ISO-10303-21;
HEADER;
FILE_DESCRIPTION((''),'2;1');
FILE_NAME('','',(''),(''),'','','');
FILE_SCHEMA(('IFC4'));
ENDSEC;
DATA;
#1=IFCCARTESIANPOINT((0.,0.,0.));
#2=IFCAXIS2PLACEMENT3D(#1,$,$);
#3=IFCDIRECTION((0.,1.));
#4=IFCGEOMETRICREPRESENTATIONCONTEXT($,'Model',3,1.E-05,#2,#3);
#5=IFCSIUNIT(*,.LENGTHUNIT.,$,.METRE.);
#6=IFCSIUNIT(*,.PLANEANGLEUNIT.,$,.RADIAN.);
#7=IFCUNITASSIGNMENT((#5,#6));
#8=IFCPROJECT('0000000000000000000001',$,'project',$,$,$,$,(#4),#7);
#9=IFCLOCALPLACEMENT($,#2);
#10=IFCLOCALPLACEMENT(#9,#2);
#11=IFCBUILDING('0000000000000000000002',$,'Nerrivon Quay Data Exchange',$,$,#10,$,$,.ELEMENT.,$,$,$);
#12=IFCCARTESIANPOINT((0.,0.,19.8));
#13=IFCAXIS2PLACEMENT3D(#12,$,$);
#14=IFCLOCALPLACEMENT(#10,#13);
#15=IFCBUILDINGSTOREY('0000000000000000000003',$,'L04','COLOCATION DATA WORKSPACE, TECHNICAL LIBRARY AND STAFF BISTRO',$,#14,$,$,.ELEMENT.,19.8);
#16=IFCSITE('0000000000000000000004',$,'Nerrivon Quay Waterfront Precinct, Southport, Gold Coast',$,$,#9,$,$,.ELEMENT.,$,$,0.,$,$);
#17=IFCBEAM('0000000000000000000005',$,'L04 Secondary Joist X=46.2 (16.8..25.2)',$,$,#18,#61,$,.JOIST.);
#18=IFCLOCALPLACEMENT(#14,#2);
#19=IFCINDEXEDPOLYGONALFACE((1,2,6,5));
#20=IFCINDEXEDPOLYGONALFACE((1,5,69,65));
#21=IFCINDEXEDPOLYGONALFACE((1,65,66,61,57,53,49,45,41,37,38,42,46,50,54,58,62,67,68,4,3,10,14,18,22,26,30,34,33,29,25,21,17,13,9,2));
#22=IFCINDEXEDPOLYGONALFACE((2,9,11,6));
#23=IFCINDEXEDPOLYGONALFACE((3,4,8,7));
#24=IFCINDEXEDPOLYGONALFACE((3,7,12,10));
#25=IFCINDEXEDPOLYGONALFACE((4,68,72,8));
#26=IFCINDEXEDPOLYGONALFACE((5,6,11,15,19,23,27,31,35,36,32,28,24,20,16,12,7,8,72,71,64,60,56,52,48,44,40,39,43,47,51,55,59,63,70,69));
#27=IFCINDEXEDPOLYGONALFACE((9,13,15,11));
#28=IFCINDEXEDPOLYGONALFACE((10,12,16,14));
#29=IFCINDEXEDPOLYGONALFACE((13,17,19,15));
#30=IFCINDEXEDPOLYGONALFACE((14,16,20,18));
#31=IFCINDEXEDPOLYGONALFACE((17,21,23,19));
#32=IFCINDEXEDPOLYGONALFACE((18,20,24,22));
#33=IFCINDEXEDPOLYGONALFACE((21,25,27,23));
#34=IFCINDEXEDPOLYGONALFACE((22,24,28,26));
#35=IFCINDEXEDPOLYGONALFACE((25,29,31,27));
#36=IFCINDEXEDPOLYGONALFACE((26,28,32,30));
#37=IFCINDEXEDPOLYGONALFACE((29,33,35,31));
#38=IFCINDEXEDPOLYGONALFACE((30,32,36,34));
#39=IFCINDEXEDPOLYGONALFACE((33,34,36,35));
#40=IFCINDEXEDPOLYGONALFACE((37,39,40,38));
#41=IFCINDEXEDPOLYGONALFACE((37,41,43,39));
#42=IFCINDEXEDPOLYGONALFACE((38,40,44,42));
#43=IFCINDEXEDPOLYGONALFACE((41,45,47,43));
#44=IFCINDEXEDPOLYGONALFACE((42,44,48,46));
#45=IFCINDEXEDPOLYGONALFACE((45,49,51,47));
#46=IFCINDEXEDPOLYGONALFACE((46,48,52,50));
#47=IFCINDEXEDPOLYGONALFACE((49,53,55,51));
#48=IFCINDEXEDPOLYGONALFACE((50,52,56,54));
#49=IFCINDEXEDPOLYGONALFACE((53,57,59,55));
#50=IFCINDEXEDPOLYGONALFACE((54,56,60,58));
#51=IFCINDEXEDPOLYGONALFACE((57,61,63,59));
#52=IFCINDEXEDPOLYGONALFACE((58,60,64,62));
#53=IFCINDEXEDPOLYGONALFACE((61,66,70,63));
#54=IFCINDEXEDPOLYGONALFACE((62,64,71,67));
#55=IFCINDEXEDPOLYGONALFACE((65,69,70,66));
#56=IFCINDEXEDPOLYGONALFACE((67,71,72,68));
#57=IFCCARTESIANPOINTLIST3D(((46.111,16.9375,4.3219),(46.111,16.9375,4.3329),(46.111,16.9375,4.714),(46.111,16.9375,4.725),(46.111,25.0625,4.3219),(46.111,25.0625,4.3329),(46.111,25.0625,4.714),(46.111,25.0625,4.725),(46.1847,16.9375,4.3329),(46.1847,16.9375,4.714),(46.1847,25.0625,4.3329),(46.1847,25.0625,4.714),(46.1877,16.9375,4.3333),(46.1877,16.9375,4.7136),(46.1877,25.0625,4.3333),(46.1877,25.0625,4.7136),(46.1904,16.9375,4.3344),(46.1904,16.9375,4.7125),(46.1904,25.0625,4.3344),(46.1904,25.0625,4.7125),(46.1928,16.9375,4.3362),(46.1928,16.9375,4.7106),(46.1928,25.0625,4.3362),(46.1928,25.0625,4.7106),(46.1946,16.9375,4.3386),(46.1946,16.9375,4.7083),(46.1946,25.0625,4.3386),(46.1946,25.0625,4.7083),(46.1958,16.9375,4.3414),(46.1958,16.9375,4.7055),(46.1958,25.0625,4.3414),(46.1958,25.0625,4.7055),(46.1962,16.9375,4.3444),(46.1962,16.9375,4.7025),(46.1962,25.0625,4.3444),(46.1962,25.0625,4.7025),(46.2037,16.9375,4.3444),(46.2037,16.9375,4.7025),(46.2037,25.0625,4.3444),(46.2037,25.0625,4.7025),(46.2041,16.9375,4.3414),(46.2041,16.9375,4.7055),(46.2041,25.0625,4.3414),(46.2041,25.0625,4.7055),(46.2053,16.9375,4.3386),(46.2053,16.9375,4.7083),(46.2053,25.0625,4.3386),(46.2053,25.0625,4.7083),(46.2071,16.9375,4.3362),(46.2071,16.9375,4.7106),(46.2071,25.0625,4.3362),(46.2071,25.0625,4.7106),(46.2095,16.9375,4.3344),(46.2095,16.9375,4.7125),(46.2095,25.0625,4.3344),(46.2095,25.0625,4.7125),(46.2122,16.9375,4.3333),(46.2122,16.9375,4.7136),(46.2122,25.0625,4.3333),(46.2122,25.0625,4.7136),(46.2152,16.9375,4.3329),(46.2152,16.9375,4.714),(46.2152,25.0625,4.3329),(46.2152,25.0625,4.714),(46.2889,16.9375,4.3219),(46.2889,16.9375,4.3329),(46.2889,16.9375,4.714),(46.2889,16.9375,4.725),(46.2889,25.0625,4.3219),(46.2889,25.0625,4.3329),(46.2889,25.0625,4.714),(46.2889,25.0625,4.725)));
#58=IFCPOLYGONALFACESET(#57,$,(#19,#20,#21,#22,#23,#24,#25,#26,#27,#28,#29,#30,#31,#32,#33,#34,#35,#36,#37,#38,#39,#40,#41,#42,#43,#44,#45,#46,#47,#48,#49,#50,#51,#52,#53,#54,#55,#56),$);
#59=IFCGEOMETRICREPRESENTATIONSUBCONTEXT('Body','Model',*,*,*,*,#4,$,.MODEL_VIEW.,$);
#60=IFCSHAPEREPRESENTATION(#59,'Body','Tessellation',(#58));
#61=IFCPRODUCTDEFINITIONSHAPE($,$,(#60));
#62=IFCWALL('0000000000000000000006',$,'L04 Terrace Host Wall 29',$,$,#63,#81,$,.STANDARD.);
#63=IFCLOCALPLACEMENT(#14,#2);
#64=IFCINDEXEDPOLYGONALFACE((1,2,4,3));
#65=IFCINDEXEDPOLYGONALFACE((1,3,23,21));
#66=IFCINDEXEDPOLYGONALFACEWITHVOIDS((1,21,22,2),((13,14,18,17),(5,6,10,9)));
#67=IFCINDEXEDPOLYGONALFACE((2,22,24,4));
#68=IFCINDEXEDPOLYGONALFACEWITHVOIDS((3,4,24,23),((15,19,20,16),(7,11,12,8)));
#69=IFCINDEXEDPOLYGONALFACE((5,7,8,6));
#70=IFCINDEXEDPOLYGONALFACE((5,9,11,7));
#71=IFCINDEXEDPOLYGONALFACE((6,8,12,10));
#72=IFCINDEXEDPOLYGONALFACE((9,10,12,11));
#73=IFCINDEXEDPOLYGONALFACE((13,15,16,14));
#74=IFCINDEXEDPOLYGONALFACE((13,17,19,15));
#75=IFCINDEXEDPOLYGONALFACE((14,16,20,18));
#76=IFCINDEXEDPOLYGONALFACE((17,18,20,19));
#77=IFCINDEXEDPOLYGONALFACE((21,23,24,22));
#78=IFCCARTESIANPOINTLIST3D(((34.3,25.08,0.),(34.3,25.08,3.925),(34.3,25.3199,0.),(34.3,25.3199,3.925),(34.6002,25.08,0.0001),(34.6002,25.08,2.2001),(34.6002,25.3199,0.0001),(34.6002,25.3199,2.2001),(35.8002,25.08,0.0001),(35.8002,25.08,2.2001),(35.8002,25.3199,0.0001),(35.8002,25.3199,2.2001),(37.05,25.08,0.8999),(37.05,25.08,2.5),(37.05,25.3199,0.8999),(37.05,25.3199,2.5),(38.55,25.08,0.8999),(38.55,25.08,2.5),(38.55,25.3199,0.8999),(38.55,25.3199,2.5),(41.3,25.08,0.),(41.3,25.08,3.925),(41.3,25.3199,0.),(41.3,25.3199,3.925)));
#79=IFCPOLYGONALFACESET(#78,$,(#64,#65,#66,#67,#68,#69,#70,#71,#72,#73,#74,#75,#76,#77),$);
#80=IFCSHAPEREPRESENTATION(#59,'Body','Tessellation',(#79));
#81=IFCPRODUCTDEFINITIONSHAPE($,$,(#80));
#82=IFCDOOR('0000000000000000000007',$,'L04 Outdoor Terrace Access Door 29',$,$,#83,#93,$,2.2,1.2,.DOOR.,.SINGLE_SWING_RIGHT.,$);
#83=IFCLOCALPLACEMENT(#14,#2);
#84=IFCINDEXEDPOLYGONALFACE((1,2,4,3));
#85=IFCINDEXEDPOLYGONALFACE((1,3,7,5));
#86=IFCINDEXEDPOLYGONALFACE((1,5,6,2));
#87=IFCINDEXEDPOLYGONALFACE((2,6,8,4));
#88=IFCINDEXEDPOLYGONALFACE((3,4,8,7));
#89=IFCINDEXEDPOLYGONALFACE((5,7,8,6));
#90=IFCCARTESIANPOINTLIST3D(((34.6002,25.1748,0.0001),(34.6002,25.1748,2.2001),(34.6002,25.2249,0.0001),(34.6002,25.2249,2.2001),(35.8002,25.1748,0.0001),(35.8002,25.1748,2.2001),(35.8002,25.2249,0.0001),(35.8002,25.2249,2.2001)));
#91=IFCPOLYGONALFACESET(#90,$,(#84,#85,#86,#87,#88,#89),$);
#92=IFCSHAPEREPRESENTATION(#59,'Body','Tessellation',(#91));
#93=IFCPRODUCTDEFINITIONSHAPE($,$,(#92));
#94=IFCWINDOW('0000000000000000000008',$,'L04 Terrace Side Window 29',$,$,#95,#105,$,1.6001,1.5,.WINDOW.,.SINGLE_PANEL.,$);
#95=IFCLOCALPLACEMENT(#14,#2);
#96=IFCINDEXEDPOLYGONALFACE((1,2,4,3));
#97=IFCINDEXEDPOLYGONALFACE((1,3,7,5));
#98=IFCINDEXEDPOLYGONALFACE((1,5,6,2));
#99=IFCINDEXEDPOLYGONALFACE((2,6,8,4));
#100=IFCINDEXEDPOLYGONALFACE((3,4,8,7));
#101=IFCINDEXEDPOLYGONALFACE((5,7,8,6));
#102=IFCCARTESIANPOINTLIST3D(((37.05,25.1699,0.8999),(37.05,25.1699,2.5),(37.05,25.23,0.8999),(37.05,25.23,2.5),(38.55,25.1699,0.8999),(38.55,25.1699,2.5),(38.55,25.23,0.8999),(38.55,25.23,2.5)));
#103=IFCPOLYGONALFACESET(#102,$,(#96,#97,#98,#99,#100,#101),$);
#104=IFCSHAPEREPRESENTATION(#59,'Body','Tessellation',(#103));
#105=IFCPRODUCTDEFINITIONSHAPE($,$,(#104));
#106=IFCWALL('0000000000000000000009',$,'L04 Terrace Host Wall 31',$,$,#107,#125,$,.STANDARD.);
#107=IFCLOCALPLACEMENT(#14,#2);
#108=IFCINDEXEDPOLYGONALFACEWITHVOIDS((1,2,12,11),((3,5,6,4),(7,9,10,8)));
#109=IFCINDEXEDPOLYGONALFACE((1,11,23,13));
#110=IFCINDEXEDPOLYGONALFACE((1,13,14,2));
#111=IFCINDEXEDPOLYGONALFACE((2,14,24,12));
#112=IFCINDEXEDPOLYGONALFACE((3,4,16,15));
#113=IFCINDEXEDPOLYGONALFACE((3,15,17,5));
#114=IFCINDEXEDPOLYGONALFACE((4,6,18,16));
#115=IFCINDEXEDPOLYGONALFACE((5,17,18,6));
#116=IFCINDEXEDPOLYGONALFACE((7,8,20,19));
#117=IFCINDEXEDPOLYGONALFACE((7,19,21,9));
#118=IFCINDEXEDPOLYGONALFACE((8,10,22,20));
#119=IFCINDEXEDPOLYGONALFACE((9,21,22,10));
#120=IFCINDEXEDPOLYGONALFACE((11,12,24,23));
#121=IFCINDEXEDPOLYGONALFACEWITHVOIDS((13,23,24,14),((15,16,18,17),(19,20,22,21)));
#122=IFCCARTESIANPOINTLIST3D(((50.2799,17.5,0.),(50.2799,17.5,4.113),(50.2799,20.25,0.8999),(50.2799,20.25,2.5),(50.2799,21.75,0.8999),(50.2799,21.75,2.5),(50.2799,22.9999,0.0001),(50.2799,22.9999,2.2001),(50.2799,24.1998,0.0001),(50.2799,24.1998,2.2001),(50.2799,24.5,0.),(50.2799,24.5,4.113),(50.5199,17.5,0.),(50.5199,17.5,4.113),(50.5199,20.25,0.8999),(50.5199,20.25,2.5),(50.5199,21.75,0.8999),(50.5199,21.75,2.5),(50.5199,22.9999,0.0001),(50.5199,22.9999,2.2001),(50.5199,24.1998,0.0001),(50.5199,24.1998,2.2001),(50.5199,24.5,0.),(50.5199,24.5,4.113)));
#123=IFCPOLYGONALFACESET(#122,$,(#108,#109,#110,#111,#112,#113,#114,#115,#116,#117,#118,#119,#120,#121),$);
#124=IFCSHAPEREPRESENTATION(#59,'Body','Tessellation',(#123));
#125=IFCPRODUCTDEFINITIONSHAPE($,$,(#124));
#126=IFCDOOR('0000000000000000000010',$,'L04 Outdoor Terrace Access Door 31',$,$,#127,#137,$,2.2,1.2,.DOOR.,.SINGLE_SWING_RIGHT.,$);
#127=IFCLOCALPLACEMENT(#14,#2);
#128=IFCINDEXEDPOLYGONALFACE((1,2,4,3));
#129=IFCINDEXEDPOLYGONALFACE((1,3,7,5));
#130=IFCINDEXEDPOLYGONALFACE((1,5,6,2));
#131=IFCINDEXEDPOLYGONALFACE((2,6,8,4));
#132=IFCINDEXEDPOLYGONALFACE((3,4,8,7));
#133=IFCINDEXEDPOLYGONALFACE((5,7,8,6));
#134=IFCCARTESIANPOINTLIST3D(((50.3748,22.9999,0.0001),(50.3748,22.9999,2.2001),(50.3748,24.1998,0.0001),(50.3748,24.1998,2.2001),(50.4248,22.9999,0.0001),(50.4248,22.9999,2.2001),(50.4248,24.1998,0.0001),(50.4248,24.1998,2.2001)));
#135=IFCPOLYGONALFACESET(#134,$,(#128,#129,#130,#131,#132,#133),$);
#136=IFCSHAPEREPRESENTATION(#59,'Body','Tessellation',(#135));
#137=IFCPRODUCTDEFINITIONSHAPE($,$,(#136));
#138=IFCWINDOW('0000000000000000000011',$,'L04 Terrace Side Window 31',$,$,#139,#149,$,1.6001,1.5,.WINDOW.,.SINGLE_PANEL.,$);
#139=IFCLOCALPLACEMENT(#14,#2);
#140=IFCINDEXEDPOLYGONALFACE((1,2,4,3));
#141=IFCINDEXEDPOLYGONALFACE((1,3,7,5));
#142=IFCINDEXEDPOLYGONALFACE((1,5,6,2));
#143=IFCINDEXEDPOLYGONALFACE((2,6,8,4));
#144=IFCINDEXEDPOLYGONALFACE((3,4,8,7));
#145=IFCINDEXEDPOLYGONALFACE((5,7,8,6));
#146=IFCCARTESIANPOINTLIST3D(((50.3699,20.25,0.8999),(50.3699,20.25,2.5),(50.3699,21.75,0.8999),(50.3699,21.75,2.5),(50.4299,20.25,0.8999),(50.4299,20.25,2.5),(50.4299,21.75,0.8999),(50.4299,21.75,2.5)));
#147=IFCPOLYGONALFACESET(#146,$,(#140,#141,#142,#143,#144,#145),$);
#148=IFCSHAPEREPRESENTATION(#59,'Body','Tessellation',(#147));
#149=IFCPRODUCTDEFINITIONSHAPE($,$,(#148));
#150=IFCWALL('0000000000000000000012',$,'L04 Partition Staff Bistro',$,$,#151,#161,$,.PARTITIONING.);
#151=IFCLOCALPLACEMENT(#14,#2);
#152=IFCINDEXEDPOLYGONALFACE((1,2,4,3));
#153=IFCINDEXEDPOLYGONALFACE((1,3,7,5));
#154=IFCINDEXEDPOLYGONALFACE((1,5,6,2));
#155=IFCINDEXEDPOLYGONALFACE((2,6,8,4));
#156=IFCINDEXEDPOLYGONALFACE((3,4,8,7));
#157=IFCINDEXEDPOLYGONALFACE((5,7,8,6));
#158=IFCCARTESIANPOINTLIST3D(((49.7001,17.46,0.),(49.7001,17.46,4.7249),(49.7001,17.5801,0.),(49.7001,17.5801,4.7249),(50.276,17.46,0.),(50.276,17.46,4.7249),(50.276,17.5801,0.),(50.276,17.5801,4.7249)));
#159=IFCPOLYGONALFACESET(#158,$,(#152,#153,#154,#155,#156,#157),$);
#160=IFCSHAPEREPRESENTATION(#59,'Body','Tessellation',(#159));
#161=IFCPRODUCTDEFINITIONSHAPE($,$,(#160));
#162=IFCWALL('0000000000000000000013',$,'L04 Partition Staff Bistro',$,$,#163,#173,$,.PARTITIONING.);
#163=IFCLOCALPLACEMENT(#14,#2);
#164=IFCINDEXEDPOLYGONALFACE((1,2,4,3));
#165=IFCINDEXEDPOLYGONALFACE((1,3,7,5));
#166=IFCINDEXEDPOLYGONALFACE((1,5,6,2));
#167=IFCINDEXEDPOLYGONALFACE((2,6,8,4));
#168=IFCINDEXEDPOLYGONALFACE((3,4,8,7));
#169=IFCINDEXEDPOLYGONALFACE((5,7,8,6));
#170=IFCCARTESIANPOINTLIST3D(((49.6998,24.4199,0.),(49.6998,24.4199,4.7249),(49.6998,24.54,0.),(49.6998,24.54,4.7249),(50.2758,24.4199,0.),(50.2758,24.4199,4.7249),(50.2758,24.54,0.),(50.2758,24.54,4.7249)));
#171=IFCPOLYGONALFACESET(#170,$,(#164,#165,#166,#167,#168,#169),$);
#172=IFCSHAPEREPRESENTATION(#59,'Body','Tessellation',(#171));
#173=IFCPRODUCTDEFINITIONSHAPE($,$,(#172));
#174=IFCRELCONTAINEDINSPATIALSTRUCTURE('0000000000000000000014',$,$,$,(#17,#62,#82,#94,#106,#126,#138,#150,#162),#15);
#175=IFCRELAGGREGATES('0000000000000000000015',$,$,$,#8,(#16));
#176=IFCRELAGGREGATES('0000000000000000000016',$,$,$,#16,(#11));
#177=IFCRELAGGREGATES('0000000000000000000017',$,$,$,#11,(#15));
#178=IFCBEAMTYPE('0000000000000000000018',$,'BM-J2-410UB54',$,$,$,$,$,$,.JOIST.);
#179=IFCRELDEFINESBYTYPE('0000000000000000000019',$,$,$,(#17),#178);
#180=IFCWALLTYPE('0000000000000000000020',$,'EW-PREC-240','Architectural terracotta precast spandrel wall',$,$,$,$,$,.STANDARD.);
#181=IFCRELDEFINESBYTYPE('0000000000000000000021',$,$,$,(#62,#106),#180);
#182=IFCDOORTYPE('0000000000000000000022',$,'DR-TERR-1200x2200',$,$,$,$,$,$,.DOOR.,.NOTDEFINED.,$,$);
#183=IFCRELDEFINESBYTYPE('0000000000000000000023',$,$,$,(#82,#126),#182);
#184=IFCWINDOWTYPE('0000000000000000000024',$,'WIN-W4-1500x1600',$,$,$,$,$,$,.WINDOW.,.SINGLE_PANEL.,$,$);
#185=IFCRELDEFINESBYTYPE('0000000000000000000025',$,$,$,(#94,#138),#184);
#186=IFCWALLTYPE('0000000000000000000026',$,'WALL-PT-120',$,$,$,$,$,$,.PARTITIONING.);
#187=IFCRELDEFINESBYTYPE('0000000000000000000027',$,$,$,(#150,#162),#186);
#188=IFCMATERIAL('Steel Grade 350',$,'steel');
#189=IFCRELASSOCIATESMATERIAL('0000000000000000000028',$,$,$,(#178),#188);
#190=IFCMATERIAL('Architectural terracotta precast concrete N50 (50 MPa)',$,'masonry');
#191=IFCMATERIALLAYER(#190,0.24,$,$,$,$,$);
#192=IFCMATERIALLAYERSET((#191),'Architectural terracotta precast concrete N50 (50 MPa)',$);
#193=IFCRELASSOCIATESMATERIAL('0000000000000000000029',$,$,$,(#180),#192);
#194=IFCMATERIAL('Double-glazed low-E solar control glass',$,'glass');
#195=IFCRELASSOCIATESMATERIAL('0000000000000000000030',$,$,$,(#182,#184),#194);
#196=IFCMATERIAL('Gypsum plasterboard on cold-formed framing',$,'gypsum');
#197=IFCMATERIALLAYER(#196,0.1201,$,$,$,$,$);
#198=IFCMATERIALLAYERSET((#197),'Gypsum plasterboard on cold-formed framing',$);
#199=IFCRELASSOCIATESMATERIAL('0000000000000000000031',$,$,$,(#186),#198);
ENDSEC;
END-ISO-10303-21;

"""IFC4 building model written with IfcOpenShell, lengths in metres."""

from ifc_helpers import new_model, si_unit, direction, frame, frame_2d, origin, origin_2d, place, context, subcontext, project, spatial, rectangle, i_section, extrude, material, layer, layer_set, material_profile, profile_set, type_object, element, fill, save


model = new_model("IFC4")

# Units and contexts
model_context = context("Model", 3, precision=1e-05, world=origin(), true_north=direction((0.0, 1.0)))
body_context = subcontext(model_context, "Body", "Model", "MODEL_VIEW")
ifc_project = project(units=[si_unit("LENGTHUNIT", "METRE"), si_unit("PLANEANGLEUNIT", "RADIAN")], contexts=[model_context])

# Site, building, storey
site_placement = place(None, origin())
site = spatial("IfcSite", under=ifc_project, at=site_placement, Name="Nerrivon Quay Waterfront Precinct, Southport, Gold Coast", CompositionType="ELEMENT", RefElevation=0.0)
building_placement = place(site_placement, origin())
building = spatial("IfcBuilding", under=site, at=building_placement, Name="Nerrivon Quay Data Exchange", CompositionType="ELEMENT")
storey_placement = place(building_placement, frame((0.0, 0.0, 19.8)))
storey = spatial("IfcBuildingStorey", under=building, at=storey_placement, Name="L04", Description="COLOCATION DATA WORKSPACE, TECHNICAL LIBRARY AND STAFF BISTRO", CompositionType="ELEMENT", Elevation=19.8)

# Beam
ifc_material_1 = material(Name="Steel Grade 350", Category="steel")
ifc_material_profile_1 = material_profile(ifc_material_1, i_section(OverallWidth=0.178, OverallDepth=0.4031, WebThickness=0.0076, FlangeThickness=0.011, FilletRadius=0.0115, at=origin_2d()), Name="410UB53.7")
ifc_profile_set_1 = profile_set([ifc_material_profile_1], Name="Steel Grade 350")
beam_type_1 = type_object("IfcBeamType", Name="BM-J2-410UB54", PredefinedType="JOIST", material=ifc_profile_set_1)
beam_1_placement = place(storey_placement, frame((46.2, 16.9375, 4.5234), z_axis=(0.0, 1.0, 0.0), x_axis=(-1.0, 0.0, 0.0)))
element("IfcBeam", 1, at=beam_1_placement, inside=storey, type_object=beam_type_1, Name="L04 Secondary Joist X=46.2 (16.8..25.2)", PredefinedType="JOIST", context=body_context, shape_type="SweptSolid", body=[
    extrude(i_section(OverallWidth=0.178, OverallDepth=0.4031, WebThickness=0.0076, FlangeThickness=0.011, FilletRadius=0.0115, at=origin_2d()), origin(), (0.0, 0.0, 1.0), 8.125),
])

# Walls, openings, doors, windows
ifc_material_2 = material(Name="Architectural terracotta precast concrete N50 (50 MPa)", Category="masonry")
ifc_layer_1 = layer(ifc_material_2, 0.24)
ifc_layer_set_1 = layer_set([ifc_layer_1], Name="Architectural terracotta precast concrete N50 (50 MPa)")
wall_type_1 = type_object("IfcWallType", Name="EW-PREC-240", Description="Architectural terracotta precast spandrel wall", PredefinedType="STANDARD", material=ifc_layer_set_1)
wall_1_placement = place(storey_placement, frame((34.3, 25.2, 0.0), z_axis=(0.0, 0.0, 1.0), x_axis=(1.0, 0.0, 0.0)))
wall_1 = element("IfcWall", 2, at=wall_1_placement, inside=storey, type_object=wall_type_1, Name="L04 Terrace Host Wall 29", PredefinedType="STANDARD", context=body_context, shape_type="SweptSolid", body=[
    extrude(rectangle(XDim=7.0, YDim=0.24, at=frame_2d((3.5, 0.0))), origin(), (0.0, 0.0, 1.0), 3.925),
])
opening_1_placement = place(wall_1_placement, frame((0.3, 0.0, 0.0)))
opening_1 = element("IfcOpeningElement", 3, at=opening_1_placement, cuts=wall_1, PredefinedType="OPENING", context=body_context, shape_type="SweptSolid", body=[
    extrude(rectangle(XDim=1.2, YDim=2.2, at=frame_2d((0.6001, 1.1001))), frame((0.0, 0.1299, 0.0), z_axis=(0.0, -1.0, 0.0), x_axis=(1.0, 0.0, 0.0)), (0.0, 0.0, 1.0), 0.26),
])
opening_2_placement = place(wall_1_placement, frame((2.75, 0.0, 0.8999)))
opening_2 = element("IfcOpeningElement", 4, at=opening_2_placement, cuts=wall_1, PredefinedType="OPENING", context=body_context, shape_type="SweptSolid", body=[
    extrude(rectangle(XDim=1.5, YDim=1.6001, at=frame_2d((0.75, 0.8))), frame((0.0, 0.1299, 0.0), z_axis=(0.0, -1.0, 0.0), x_axis=(1.0, 0.0, 0.0)), (0.0, 0.0, 1.0), 0.26),
])
ifc_material_3 = material(Name="Double-glazed low-E solar control glass", Category="glass")
door_type_1 = type_object("IfcDoorType", Name="DR-TERR-1200x2200", OperationType="NOTDEFINED", PredefinedType="DOOR", material=ifc_material_3)
door_1_placement = place(opening_1_placement, origin())
door_1 = element("IfcDoor", 5, at=door_1_placement, inside=storey, type_object=door_type_1, Name="L04 Outdoor Terrace Access Door 29", OperationType="SINGLE_SWING_RIGHT", OverallHeight=2.2, OverallWidth=1.2, PredefinedType="DOOR", context=body_context, shape_type="SweptSolid", body=[
    extrude(rectangle(XDim=1.2, YDim=2.2, at=frame_2d((0.6001, 1.1001))), frame((0.0, 0.0249, 0.0), z_axis=(0.0, -1.0, 0.0), x_axis=(1.0, 0.0, 0.0)), (0.0, 0.0, 1.0), 0.05),
])
fill(opening_1, door_1)
window_type = type_object("IfcWindowType", Name="WIN-W4-1500x1600", PartitioningType="SINGLE_PANEL", PredefinedType="WINDOW", material=ifc_material_3)
window_1_placement = place(opening_2_placement, origin())
window_1 = element("IfcWindow", 6, at=window_1_placement, inside=storey, type_object=window_type, Name="L04 Terrace Side Window 29", OverallHeight=1.6001, OverallWidth=1.5, PartitioningType="SINGLE_PANEL", PredefinedType="WINDOW", context=body_context, shape_type="SweptSolid", body=[
    extrude(rectangle(XDim=1.5, YDim=1.6001, at=frame_2d((0.75, 0.8))), frame((0.0, 0.03, 0.0), z_axis=(0.0, -1.0, 0.0), x_axis=(1.0, 0.0, 0.0)), (0.0, 0.0, 1.0), 0.0601),
])
fill(opening_2, window_1)
wall_2_placement = place(storey_placement, frame((50.3999, 24.5, 0.0), z_axis=(0.0, 0.0, 1.0), x_axis=(0.0, -1.0, 0.0)))
wall_2 = element("IfcWall", 7, at=wall_2_placement, inside=storey, type_object=wall_type_1, Name="L04 Terrace Host Wall 31", PredefinedType="STANDARD", context=body_context, shape_type="SweptSolid", body=[
    extrude(rectangle(XDim=7.0, YDim=0.24, at=frame_2d((3.5, 0.0))), origin(), (0.0, 0.0, 1.0), 4.113),
])
opening_3_placement = place(wall_2_placement, frame((0.3, 0.0, 0.0)))
opening_3 = element("IfcOpeningElement", 8, at=opening_3_placement, cuts=wall_2, PredefinedType="OPENING", context=body_context, shape_type="SweptSolid", body=[
    extrude(rectangle(XDim=1.2, YDim=2.2, at=frame_2d((0.6001, 1.1001))), frame((0.0, 0.1299, 0.0), z_axis=(0.0, -1.0, 0.0), x_axis=(1.0, 0.0, 0.0)), (0.0, 0.0, 1.0), 0.26),
])
opening_4_placement = place(wall_2_placement, frame((2.75, 0.0, 0.8999)))
opening_4 = element("IfcOpeningElement", 9, at=opening_4_placement, cuts=wall_2, PredefinedType="OPENING", context=body_context, shape_type="SweptSolid", body=[
    extrude(rectangle(XDim=1.5, YDim=1.6001, at=frame_2d((0.75, 0.8))), frame((0.0, 0.1299, 0.0), z_axis=(0.0, -1.0, 0.0), x_axis=(1.0, 0.0, 0.0)), (0.0, 0.0, 1.0), 0.26),
])
door_2_placement = place(opening_3_placement, origin())
door_2 = element("IfcDoor", 10, at=door_2_placement, inside=storey, type_object=door_type_1, Name="L04 Outdoor Terrace Access Door 31", OperationType="SINGLE_SWING_RIGHT", OverallHeight=2.2, OverallWidth=1.2, PredefinedType="DOOR", context=body_context, shape_type="SweptSolid", body=[
    extrude(rectangle(XDim=1.2, YDim=2.2, at=frame_2d((0.6001, 1.1001))), frame((0.0, 0.0249, 0.0), z_axis=(0.0, -1.0, 0.0), x_axis=(1.0, 0.0, 0.0)), (0.0, 0.0, 1.0), 0.05),
])
fill(opening_3, door_2)
window_2_placement = place(opening_4_placement, origin())
window_2 = element("IfcWindow", 11, at=window_2_placement, inside=storey, type_object=window_type, Name="L04 Terrace Side Window 31", OverallHeight=1.6001, OverallWidth=1.5, PartitioningType="SINGLE_PANEL", PredefinedType="WINDOW", context=body_context, shape_type="SweptSolid", body=[
    extrude(rectangle(XDim=1.5, YDim=1.6001, at=frame_2d((0.75, 0.8))), frame((0.0, 0.03, 0.0), z_axis=(0.0, -1.0, 0.0), x_axis=(1.0, 0.0, 0.0)), (0.0, 0.0, 1.0), 0.0601),
])
fill(opening_4, window_2)

# Walls
ifc_material_4 = material(Name="Gypsum plasterboard on cold-formed framing", Category="gypsum")
ifc_layer_2 = layer(ifc_material_4, 0.1201)
ifc_layer_set_2 = layer_set([ifc_layer_2], Name="Gypsum plasterboard on cold-formed framing")
wall_type_2 = type_object("IfcWallType", Name="WALL-PT-120", PredefinedType="PARTITIONING", material=ifc_layer_set_2)
for number, where, z_axis, x_axis, name in (
    (12, (49.7, 17.52, 0.0), (0.0, 0.0, 1.0), (1.0, 0.0, 0.0), "L04 Partition Staff Bistro"),
    (13, (50.2759, 24.48, 0.0), (0.0, 0.0, 1.0), (-1.0, 0.0, 0.0), "L04 Partition Staff Bistro"),
):
    element("IfcWall", number, at=place(storey_placement, frame(where, z_axis=z_axis, x_axis=x_axis)), inside=storey, type_object=wall_type_2, Name=name, PredefinedType="PARTITIONING", context=body_context, shape_type="SweptSolid", body=[
        extrude(rectangle(XDim=0.5759, YDim=0.1201, at=frame_2d((0.2881, 0.0))), origin(), (0.0, 0.0, 1.0), 4.7249),
    ])

save(model, "model.ifc")
